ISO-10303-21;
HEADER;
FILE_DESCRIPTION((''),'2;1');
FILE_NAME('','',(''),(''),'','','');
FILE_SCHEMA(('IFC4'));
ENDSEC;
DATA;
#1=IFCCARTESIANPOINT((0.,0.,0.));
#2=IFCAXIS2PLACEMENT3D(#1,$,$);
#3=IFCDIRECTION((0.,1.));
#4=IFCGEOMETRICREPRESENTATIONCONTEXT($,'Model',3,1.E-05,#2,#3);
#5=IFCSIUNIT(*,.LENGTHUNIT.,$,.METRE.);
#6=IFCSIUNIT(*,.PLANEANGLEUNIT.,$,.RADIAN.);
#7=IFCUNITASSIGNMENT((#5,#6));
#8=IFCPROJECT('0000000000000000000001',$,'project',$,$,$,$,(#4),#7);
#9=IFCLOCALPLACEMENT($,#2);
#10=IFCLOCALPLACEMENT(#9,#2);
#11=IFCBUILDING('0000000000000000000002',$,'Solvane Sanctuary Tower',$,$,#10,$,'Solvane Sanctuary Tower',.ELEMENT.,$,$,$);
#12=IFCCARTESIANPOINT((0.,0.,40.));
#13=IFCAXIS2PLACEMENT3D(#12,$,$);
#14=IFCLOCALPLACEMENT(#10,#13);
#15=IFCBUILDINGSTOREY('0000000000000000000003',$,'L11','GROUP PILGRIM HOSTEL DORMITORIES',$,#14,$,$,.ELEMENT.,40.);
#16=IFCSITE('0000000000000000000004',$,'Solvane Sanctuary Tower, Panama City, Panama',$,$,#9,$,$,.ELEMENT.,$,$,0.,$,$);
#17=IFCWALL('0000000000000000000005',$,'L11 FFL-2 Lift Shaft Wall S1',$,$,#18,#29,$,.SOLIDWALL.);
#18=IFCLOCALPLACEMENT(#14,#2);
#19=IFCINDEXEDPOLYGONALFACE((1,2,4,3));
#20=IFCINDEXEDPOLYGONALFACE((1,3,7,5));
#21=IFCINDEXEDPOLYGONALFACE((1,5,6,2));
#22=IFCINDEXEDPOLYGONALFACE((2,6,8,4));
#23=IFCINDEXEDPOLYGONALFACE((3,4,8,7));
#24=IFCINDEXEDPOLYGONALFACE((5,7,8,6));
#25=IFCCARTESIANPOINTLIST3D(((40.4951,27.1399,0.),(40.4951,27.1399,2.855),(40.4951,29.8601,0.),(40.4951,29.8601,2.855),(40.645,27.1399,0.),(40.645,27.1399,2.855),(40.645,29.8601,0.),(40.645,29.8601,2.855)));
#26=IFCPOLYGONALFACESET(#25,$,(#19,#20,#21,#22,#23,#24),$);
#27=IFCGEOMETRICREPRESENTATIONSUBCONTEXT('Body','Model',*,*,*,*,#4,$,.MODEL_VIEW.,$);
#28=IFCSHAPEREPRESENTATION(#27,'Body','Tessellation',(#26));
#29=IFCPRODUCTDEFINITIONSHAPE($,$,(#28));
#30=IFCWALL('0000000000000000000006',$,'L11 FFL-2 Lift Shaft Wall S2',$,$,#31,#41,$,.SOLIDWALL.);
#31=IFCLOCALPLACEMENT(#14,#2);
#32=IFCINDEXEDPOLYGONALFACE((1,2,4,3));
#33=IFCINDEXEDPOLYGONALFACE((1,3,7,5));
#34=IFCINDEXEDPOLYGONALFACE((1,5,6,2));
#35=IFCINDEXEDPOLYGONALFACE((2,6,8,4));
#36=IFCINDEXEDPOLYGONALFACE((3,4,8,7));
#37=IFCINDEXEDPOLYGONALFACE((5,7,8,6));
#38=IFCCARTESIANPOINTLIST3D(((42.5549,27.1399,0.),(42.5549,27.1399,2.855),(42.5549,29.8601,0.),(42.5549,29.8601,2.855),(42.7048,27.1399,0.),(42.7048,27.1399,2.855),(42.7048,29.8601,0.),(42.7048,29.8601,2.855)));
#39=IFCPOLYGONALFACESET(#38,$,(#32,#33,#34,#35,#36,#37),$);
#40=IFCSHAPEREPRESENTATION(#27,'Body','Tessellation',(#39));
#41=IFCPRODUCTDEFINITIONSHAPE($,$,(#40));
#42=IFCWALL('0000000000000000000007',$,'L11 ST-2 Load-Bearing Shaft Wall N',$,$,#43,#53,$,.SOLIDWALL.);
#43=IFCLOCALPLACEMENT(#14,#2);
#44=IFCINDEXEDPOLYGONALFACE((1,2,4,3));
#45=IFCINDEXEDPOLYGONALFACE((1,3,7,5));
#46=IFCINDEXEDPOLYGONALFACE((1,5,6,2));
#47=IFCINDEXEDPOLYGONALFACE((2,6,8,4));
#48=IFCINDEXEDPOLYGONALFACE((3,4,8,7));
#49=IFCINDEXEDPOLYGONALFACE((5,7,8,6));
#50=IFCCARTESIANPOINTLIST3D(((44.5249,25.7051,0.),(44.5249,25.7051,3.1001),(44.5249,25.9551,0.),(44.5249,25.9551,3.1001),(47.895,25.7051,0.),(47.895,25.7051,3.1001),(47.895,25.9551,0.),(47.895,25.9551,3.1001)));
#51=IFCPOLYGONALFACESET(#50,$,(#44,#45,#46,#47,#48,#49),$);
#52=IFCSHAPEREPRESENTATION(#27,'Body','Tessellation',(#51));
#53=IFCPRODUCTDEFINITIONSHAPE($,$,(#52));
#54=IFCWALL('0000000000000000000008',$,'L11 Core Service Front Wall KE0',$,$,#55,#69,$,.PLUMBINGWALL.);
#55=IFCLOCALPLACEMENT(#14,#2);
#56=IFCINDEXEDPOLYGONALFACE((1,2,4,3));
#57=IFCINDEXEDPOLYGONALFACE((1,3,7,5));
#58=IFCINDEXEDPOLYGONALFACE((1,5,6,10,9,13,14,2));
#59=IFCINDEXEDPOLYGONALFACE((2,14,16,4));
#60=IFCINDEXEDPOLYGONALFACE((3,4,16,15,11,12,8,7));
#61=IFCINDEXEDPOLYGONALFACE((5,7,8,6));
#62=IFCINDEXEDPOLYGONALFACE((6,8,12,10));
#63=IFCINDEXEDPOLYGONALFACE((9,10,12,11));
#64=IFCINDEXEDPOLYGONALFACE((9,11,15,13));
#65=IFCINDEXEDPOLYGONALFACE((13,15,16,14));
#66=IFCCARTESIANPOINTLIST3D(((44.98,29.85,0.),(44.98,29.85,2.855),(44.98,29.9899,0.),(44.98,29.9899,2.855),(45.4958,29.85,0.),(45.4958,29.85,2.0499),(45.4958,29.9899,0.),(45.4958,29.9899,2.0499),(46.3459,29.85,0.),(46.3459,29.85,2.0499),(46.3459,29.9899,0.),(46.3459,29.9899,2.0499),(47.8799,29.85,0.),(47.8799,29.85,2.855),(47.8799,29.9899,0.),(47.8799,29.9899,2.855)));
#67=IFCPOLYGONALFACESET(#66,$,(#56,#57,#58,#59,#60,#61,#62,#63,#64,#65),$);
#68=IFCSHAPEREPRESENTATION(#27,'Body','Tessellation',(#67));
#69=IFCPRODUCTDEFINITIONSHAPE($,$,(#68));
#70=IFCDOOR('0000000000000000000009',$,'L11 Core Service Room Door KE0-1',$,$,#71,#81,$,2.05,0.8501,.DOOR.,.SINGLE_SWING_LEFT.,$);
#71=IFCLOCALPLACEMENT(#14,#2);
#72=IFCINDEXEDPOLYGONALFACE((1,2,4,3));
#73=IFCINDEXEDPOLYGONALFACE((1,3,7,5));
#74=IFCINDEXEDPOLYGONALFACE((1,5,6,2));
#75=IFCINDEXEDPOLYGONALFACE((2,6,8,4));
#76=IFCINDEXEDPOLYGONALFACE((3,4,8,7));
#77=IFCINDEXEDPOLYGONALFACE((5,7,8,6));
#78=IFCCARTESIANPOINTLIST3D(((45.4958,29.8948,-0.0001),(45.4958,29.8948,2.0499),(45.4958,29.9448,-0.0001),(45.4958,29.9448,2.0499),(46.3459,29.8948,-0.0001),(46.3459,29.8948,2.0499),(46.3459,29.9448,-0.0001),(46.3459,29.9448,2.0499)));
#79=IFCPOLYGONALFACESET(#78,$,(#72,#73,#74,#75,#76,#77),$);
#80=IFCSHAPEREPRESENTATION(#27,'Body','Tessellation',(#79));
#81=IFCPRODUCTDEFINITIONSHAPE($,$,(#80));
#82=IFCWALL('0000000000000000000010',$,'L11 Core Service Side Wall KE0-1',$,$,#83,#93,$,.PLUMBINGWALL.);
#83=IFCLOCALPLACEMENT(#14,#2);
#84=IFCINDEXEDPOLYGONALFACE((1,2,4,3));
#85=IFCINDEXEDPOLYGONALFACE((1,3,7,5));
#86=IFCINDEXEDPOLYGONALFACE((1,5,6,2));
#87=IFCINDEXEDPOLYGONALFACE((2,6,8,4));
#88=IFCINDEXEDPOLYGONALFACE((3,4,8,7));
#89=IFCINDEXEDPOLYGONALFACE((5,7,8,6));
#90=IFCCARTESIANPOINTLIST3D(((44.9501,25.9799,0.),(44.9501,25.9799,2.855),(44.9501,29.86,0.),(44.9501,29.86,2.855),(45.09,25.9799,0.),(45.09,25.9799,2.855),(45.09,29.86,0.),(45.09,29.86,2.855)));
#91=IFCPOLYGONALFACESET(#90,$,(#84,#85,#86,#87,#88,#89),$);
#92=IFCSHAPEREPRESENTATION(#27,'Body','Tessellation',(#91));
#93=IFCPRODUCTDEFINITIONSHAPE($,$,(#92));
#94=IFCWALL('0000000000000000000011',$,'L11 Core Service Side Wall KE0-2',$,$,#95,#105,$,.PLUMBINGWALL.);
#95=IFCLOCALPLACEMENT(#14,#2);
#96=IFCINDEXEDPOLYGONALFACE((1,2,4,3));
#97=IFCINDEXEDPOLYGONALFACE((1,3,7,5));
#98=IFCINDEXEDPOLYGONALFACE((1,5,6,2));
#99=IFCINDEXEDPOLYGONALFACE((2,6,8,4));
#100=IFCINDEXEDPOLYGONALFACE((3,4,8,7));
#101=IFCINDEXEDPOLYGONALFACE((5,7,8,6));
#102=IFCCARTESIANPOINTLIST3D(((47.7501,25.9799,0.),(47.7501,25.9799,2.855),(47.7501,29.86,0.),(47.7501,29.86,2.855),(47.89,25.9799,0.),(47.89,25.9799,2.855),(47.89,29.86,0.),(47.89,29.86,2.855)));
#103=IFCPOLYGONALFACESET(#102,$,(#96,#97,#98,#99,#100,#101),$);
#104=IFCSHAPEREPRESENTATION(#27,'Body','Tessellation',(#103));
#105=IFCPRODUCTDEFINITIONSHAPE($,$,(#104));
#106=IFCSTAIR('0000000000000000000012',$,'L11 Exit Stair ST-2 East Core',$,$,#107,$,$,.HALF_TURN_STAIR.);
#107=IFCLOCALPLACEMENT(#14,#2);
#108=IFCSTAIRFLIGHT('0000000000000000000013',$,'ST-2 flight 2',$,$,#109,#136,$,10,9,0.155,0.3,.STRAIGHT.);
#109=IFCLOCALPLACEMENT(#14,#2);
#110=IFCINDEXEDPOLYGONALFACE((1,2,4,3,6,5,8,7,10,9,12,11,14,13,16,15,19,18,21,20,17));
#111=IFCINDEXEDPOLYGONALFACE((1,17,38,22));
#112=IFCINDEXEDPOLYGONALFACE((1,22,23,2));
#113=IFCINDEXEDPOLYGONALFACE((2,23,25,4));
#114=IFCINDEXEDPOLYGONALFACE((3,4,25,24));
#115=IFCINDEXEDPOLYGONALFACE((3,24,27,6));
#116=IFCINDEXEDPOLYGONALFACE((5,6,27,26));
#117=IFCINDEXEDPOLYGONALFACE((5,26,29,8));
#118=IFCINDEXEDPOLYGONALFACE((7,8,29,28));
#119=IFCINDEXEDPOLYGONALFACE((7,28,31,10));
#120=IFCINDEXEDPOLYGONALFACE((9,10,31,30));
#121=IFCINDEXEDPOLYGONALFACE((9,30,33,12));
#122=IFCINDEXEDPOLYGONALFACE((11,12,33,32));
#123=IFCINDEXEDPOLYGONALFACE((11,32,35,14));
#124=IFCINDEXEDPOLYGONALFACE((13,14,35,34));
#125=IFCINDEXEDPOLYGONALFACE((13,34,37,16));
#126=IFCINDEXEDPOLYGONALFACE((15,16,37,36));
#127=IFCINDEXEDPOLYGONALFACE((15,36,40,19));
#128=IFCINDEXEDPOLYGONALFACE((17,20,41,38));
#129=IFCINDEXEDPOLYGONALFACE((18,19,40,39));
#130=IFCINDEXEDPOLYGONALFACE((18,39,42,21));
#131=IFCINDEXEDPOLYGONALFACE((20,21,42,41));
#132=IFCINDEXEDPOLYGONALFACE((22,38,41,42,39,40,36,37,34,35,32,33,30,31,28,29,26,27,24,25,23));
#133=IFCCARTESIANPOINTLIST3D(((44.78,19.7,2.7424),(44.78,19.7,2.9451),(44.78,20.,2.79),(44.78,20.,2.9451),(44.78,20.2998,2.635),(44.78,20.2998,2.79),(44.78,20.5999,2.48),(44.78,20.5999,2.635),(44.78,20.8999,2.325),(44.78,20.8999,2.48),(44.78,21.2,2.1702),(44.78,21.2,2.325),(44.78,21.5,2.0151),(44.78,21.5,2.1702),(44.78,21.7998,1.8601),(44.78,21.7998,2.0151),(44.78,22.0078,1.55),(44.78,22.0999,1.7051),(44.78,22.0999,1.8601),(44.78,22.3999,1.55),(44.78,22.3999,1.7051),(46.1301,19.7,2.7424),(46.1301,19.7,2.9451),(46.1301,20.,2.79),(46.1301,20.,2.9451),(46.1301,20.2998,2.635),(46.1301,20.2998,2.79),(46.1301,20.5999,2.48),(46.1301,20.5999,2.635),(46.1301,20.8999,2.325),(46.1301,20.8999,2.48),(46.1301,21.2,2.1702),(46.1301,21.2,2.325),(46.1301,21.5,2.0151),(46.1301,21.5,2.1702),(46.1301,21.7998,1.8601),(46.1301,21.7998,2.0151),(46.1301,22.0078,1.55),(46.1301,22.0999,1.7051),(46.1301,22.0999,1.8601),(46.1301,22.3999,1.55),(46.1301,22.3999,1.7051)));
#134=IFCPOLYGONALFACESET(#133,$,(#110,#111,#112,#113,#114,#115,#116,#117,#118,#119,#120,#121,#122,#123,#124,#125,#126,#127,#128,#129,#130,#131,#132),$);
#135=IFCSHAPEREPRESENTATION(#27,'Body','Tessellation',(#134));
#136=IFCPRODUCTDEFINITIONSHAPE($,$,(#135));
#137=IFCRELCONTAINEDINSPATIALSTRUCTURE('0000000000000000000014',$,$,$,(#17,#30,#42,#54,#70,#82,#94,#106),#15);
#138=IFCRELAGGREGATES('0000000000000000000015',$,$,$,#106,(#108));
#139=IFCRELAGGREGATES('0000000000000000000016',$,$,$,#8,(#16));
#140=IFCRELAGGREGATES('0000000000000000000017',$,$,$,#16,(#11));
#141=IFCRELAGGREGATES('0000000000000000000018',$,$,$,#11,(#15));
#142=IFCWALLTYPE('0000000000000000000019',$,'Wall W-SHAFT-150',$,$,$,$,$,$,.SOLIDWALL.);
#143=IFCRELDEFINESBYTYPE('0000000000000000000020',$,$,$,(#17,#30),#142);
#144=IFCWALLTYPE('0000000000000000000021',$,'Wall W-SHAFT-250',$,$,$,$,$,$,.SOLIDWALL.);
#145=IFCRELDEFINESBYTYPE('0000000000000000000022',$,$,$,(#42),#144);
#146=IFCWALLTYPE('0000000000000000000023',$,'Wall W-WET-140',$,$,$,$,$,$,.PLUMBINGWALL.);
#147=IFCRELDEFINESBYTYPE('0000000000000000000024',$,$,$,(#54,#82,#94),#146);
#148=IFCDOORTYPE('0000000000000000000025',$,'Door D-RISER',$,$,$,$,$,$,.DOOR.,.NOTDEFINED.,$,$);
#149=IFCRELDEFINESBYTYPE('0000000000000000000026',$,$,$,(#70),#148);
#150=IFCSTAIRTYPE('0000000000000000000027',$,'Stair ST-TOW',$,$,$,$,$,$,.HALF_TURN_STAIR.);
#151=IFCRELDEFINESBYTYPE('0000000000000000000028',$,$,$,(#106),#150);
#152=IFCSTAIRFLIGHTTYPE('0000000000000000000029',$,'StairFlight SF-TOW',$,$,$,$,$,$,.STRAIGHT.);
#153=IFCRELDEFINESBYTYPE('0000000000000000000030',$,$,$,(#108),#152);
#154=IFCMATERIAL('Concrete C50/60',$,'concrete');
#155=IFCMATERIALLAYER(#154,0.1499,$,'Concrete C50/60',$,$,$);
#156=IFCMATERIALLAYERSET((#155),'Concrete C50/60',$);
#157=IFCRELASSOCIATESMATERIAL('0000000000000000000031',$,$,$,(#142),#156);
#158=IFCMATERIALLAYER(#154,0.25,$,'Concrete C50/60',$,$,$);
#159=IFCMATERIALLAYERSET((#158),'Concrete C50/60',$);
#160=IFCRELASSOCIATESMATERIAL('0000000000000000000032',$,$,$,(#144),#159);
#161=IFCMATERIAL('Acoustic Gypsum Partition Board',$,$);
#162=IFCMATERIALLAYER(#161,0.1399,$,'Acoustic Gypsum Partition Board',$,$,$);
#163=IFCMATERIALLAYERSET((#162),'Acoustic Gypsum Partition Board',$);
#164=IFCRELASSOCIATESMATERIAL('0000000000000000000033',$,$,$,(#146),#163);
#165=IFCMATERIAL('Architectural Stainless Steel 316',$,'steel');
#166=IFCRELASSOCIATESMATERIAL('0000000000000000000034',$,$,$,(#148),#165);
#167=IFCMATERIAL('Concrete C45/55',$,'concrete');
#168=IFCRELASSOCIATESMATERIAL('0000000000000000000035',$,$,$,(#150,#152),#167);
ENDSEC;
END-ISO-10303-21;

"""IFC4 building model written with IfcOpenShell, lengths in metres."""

from ifc_helpers import new_model, si_unit, direction, frame, frame_2d, origin, place, context, subcontext, project, spatial, polyline, rectangle, outline, extrude, material, layer, layer_set, type_object, element, fill, aggregate, save


model = new_model("IFC4")

# Units and contexts
model_context = context("Model", 3, precision=1e-05, world=origin(), true_north=direction((0.0, 1.0)))
body_context = subcontext(model_context, "Body", "Model", "MODEL_VIEW")
ifc_project = project(units=[si_unit("LENGTHUNIT", "METRE"), si_unit("PLANEANGLEUNIT", "RADIAN")], contexts=[model_context])

# Site, building, storey
site_placement = place(None, origin())
site = spatial("IfcSite", under=ifc_project, at=site_placement, Name="Solvane Sanctuary Tower, Panama City, Panama", CompositionType="ELEMENT", RefElevation=0.0)
building_placement = place(site_placement, origin())
building = spatial("IfcBuilding", under=site, at=building_placement, Name="Solvane Sanctuary Tower", LongName="Solvane Sanctuary Tower", CompositionType="ELEMENT")
storey_placement = place(building_placement, frame((0.0, 0.0, 40.0)))
storey = spatial("IfcBuildingStorey", under=building, at=storey_placement, Name="L11", Description="GROUP PILGRIM HOSTEL DORMITORIES", CompositionType="ELEMENT", Elevation=40.0)

# Shared definitions
ifc_material_1 = material(Name="Acoustic Gypsum Partition Board")
ifc_material_2 = material(Name="Concrete C50/60", Category="concrete")
ifc_layer_1 = layer(ifc_material_2, 0.1499, Name="Concrete C50/60")
ifc_layer_set_1 = layer_set([ifc_layer_1], Name="Concrete C50/60")
wall_type_1 = type_object("IfcWallType", Name="Wall W-SHAFT-150", PredefinedType="SOLIDWALL", material=ifc_layer_set_1)

# Shared definitions
ifc_material_3 = material(Name="Architectural Stainless Steel 316", Category="steel")

# Walls
for number, where, z_axis, x_axis, name in (
    (1, (40.5701, 27.1399, 0.0), (0.0, 0.0, 1.0), (0.0, 1.0, 0.0), "L11 FFL-2 Lift Shaft Wall S1"),
    (2, (42.6299, 27.1399, 0.0), (0.0, 0.0, 1.0), (0.0, 1.0, 0.0), "L11 FFL-2 Lift Shaft Wall S2"),
):
    element("IfcWall", number, at=place(storey_placement, frame(where, z_axis=z_axis, x_axis=x_axis)), inside=storey, type_object=wall_type_1, Name=name, PredefinedType="SOLIDWALL", context=body_context, shape_type="SweptSolid", body=[
        extrude(rectangle(XDim=2.7202, YDim=0.1499, at=frame_2d((1.3601, 0.0))), origin(), (0.0, 0.0, 1.0), 2.855),
    ])
ifc_layer_2 = layer(ifc_material_2, 0.25, Name="Concrete C50/60")
ifc_layer_set_2 = layer_set([ifc_layer_2], Name="Concrete C50/60")
wall_type_2 = type_object("IfcWallType", Name="Wall W-SHAFT-250", PredefinedType="SOLIDWALL", material=ifc_layer_set_2)
wall_1_placement = place(storey_placement, frame((44.5249, 25.8301, 0.0), z_axis=(0.0, 0.0, 1.0), x_axis=(1.0, 0.0, 0.0)))
element("IfcWall", 3, at=wall_1_placement, inside=storey, type_object=wall_type_2, Name="L11 ST-2 Load-Bearing Shaft Wall N", PredefinedType="SOLIDWALL", context=body_context, shape_type="SweptSolid", body=[
    extrude(rectangle(XDim=3.3701, YDim=0.25, at=frame_2d((1.6851, 0.0))), origin(), (0.0, 0.0, 1.0), 3.1001),
])

# Wall, opening, door
ifc_layer_3 = layer(ifc_material_1, 0.1399, Name="Acoustic Gypsum Partition Board")
ifc_layer_set_3 = layer_set([ifc_layer_3], Name="Acoustic Gypsum Partition Board")
wall_type_3 = type_object("IfcWallType", Name="Wall W-WET-140", PredefinedType="PLUMBINGWALL", material=ifc_layer_set_3)
wall_2_placement = place(storey_placement, frame((44.98, 29.9199, 0.0), z_axis=(0.0, 0.0, 1.0), x_axis=(1.0, 0.0, 0.0)))
wall_2 = element("IfcWall", 4, at=wall_2_placement, inside=storey, type_object=wall_type_3, Name="L11 Core Service Front Wall KE0", PredefinedType="PLUMBINGWALL", context=body_context, shape_type="SweptSolid", body=[
    extrude(rectangle(XDim=2.8999, YDim=0.1399, at=frame_2d((1.45, 0.0))), origin(), (0.0, 0.0, 1.0), 2.855),
])
opening_1_placement = place(wall_2_placement, frame((0.5159, 0.0, 0.0)))
opening_1 = element("IfcOpeningElement", 5, at=opening_1_placement, cuts=wall_2, PredefinedType="OPENING", context=body_context, shape_type="SweptSolid", body=[
    extrude(rectangle(XDim=0.8501, YDim=2.05, at=frame_2d((0.425, 1.0249))), frame((0.0, 0.0798, 0.0), z_axis=(0.0, -1.0, 0.0), x_axis=(1.0, 0.0, 0.0)), (0.0, 0.0, 1.0), 0.1599),
])
door_type_1 = type_object("IfcDoorType", Name="Door D-RISER", OperationType="NOTDEFINED", PredefinedType="DOOR", material=ifc_material_3)
door_1_placement = place(opening_1_placement, origin())
door_1 = element("IfcDoor", 6, at=door_1_placement, inside=storey, type_object=door_type_1, Name="L11 Core Service Room Door KE0-1", OperationType="SINGLE_SWING_LEFT", OverallHeight=2.05, OverallWidth=0.8501, PredefinedType="DOOR", context=body_context, shape_type="SweptSolid", body=[
    extrude(rectangle(XDim=0.8501, YDim=2.05, at=frame_2d((0.425, 1.0249))), frame((0.0, 0.0249, 0.0), z_axis=(0.0, -1.0, 0.0), x_axis=(1.0, 0.0, 0.0)), (0.0, 0.0, 1.0), 0.05),
])
fill(opening_1, door_1)

# Walls
for number, where, z_axis, x_axis, name in (
    (7, (45.02, 25.98, 0.0), (0.0, 0.0, 1.0), (0.0, 1.0, 0.0), "L11 Core Service Side Wall KE0-1"),
    (8, (47.8201, 25.98, 0.0), (0.0, 0.0, 1.0), (0.0, 1.0, 0.0), "L11 Core Service Side Wall KE0-2"),
):
    element("IfcWall", number, at=place(storey_placement, frame(where, z_axis=z_axis, x_axis=x_axis)), inside=storey, type_object=wall_type_3, Name=name, PredefinedType="PLUMBINGWALL", context=body_context, shape_type="SweptSolid", body=[
        extrude(rectangle(XDim=3.8801, YDim=0.1399, at=frame_2d((1.9399, 0.0))), origin(), (0.0, 0.0, 1.0), 2.855),
    ])

# Stair, stair flight
ifc_material_4 = material(Name="Concrete C45/55", Category="concrete")
stair_type = type_object("IfcStairType", Name="Stair ST-TOW", PredefinedType="HALF_TURN_STAIR", material=ifc_material_4)
stair_placement = place(storey_placement, origin())
stair = element("IfcStair", 9, at=stair_placement, inside=storey, type_object=stair_type, Name="L11 Exit Stair ST-2 East Core", PredefinedType="HALF_TURN_STAIR")
stair_flight_type = type_object("IfcStairFlightType", Name="StairFlight SF-TOW", PredefinedType="STRAIGHT", material=ifc_material_4)
stair_flight_placement = place(storey_placement, frame((45.4551, 22.3999, 1.55), z_axis=(0.0, 0.0, 1.0), x_axis=(0.0, -1.0, 0.0)))
stair_flight = element("IfcStairFlight", 10, at=stair_flight_placement, type_object=stair_flight_type, Name="ST-2 flight 2", NumberOfRisers=10, NumberOfTreads=9, PredefinedType="STRAIGHT", RiserHeight=0.155, TreadLength=0.3, context=body_context, shape_type="SweptSolid", body=[
    extrude(outline(polyline([(0.0, 0.0), (0.0, 0.155), (0.3, 0.155), (0.3, 0.3101), (0.6001, 0.3101), (0.6001, 0.4651), (0.8999, 0.4651), (0.8999, 0.6201), (1.2, 0.6201), (1.2, 0.7749), (1.5, 0.7749), (1.5, 0.9299), (1.8, 0.9299), (1.8, 1.085), (2.1001, 1.085), (2.1001, 1.24), (2.3999, 1.24), (2.3999, 1.395), (2.7, 1.395), (2.7, 1.55), (2.7, 1.1924), (0.3921, 0.0), (0.0, 0.0)])), frame((0.0, 0.675, 0.0), z_axis=(0.0, -1.0, 0.0), x_axis=(1.0, 0.0, 0.0)), (0.0, 0.0, 1.0), 1.3501),
])
aggregate(stair, [stair_flight])

save(model, "model.ifc")
